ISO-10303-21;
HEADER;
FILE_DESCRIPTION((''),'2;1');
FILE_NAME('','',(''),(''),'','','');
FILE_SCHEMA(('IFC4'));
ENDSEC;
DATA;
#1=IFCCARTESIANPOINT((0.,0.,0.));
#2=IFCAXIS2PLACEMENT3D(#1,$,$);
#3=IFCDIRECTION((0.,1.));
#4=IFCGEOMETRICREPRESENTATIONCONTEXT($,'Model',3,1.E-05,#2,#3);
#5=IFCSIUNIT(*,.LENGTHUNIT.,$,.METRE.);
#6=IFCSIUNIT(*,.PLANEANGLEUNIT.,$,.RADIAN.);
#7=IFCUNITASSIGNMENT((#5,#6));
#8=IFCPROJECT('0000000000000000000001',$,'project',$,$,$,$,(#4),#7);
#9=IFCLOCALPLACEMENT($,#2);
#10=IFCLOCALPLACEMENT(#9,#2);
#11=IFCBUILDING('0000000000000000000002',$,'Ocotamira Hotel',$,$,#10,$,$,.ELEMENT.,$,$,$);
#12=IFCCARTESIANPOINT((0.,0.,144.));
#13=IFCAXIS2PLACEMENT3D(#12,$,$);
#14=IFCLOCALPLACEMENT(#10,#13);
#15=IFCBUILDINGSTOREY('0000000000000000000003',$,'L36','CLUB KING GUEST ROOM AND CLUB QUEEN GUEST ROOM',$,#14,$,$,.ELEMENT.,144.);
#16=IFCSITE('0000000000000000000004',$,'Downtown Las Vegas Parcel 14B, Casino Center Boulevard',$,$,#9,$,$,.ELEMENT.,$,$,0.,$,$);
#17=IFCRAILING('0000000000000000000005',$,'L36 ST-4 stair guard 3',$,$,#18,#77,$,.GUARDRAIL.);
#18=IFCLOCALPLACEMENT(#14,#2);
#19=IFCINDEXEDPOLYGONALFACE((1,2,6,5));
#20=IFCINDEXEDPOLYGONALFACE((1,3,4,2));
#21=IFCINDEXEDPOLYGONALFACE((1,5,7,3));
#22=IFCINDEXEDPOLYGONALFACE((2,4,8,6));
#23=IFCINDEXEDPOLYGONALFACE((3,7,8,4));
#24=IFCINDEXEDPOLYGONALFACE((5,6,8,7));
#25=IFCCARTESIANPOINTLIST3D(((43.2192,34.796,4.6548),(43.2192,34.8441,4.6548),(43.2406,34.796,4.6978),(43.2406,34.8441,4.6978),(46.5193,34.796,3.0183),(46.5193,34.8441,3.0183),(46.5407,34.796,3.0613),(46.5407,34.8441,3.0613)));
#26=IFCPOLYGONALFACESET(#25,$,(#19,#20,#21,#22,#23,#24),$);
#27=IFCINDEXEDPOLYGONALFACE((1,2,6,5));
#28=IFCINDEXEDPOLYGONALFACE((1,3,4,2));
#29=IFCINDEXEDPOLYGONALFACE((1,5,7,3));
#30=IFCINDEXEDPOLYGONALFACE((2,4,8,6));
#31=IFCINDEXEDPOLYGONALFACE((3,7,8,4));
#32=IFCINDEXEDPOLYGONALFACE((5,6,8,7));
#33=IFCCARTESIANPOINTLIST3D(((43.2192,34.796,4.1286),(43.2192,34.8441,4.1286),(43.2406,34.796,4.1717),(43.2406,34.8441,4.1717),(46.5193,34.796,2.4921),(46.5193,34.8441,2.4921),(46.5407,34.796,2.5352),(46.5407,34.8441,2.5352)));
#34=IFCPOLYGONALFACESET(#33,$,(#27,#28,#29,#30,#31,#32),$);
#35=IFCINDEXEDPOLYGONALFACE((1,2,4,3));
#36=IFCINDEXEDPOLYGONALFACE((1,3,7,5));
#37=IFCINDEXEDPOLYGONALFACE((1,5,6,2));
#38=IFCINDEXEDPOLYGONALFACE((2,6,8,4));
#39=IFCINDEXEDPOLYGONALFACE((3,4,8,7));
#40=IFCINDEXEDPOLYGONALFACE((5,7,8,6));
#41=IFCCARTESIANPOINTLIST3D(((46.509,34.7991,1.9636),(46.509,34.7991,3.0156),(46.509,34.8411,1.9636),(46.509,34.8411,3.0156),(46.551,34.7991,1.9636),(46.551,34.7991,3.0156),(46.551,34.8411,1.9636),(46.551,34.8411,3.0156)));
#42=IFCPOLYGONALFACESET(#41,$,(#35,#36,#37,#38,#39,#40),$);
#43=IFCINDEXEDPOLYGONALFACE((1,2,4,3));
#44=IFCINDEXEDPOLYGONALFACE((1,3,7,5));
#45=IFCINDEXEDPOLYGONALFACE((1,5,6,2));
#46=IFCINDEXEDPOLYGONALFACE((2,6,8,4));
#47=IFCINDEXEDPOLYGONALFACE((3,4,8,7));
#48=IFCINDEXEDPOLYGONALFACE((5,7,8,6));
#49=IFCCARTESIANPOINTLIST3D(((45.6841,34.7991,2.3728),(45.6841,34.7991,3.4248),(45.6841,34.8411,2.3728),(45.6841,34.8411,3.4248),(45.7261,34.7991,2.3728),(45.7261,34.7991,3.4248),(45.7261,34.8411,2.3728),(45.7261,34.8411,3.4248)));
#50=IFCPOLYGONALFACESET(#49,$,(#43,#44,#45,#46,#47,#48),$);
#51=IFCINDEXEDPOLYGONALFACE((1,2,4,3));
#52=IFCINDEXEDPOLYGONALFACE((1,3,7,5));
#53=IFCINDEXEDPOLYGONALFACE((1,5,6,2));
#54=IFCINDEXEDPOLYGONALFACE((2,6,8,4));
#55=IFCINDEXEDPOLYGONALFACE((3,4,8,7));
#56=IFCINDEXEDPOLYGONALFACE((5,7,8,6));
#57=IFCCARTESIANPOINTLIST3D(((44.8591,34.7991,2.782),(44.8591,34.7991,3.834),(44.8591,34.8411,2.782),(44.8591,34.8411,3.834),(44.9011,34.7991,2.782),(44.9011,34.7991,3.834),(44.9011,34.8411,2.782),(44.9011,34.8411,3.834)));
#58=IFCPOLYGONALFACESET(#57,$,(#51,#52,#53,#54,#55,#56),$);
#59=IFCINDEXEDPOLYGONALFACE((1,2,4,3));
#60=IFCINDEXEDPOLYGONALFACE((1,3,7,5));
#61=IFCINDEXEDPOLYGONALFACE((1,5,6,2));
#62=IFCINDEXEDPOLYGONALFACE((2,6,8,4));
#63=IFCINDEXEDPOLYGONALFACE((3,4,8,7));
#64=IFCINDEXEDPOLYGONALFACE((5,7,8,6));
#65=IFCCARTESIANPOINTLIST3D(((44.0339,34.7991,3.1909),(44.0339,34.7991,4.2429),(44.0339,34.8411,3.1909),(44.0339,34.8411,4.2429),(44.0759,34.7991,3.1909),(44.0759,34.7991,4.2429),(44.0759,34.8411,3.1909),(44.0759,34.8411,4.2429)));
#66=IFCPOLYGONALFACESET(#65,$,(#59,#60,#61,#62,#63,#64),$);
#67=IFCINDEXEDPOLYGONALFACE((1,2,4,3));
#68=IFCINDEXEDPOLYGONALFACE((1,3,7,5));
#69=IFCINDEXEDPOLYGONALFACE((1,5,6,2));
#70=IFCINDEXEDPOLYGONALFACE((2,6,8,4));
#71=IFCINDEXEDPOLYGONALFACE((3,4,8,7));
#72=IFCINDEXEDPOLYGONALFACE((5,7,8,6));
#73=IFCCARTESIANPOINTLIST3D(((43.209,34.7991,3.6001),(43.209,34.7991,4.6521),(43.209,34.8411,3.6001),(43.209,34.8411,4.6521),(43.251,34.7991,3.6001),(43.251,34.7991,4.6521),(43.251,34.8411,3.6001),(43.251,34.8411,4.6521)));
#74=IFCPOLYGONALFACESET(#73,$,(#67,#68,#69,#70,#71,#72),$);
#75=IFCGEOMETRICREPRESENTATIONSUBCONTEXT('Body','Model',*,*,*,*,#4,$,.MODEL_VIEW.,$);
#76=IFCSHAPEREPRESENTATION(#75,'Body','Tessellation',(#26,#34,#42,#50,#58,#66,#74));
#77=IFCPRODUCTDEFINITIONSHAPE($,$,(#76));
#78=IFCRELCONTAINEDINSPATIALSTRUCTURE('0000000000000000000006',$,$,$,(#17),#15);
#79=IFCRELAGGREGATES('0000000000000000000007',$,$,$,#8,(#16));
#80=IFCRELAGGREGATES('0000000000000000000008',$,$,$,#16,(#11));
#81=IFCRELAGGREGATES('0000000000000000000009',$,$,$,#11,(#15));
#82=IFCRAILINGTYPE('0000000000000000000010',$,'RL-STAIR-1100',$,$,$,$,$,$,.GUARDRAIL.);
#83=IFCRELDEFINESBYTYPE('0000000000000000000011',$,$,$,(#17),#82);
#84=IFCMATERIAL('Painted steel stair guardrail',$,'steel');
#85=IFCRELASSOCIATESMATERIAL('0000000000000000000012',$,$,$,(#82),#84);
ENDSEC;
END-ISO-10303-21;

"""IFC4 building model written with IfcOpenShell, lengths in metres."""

from ifc_helpers import new_model, si_unit, direction, frame, origin, origin_2d, place, context, subcontext, project, spatial, rectangle, extrude, material, type_object, element, save


model = new_model("IFC4")

# Units and contexts
model_context = context("Model", 3, precision=1e-05, world=origin(), true_north=direction((0.0, 1.0)))
body_context = subcontext(model_context, "Body", "Model", "MODEL_VIEW")
ifc_project = project(units=[si_unit("LENGTHUNIT", "METRE"), si_unit("PLANEANGLEUNIT", "RADIAN")], contexts=[model_context])

# Site, building, storey
site_placement = place(None, origin())
site = spatial("IfcSite", under=ifc_project, at=site_placement, Name="Downtown Las Vegas Parcel 14B, Casino Center Boulevard", CompositionType="ELEMENT", RefElevation=0.0)
building_placement = place(site_placement, origin())
building = spatial("IfcBuilding", under=site, at=building_placement, Name="Ocotamira Hotel", CompositionType="ELEMENT")
storey_placement = place(building_placement, frame((0.0, 0.0, 144.0)))
storey = spatial("IfcBuildingStorey", under=building, at=storey_placement, Name="L36", Description="CLUB KING GUEST ROOM AND CLUB QUEEN GUEST ROOM", CompositionType="ELEMENT", Elevation=144.0)

# Railing
ifc_material_1 = material(Name="Painted steel stair guardrail", Category="steel")
railing_type_1 = type_object("IfcRailingType", Name="RL-STAIR-1100", PredefinedType="GUARDRAIL", material=ifc_material_1)
railing_1_placement = place(storey_placement, frame((46.53, 34.8201, 1.9636)))
element("IfcRailing", 1, at=railing_1_placement, inside=storey, type_object=railing_type_1, Name="L36 ST-4 stair guard 3", PredefinedType="GUARDRAIL", context=body_context, shape_type="SweptSolid", body=[
    extrude(rectangle(XDim=0.0481, YDim=0.0481, at=origin_2d()), frame((0.0, 0.0, 1.0762), z_axis=(-0.895894, 0.0, 0.444268), x_axis=(0.0, -1.0, 0.0)), (0.0, 0.0, 1.0), 3.6836),
    extrude(rectangle(XDim=0.0481, YDim=0.0481, at=origin_2d()), frame((0.0, 0.0, 0.55), z_axis=(-0.895894, 0.0, 0.444268), x_axis=(0.0, -1.0, 0.0)), (0.0, 0.0, 1.0), 3.6836),
    extrude(rectangle(XDim=0.042, YDim=0.042, at=origin_2d()), origin(), (0.0, 0.0, 1.0), 1.052),
    extrude(rectangle(XDim=0.042, YDim=0.042, at=origin_2d()), frame((-0.825, 0.0, 0.4092)), (0.0, 0.0, 1.0), 1.052),
    extrude(rectangle(XDim=0.042, YDim=0.042, at=origin_2d()), frame((-1.6499, 0.0, 0.8184)), (0.0, 0.0, 1.0), 1.052),
    extrude(rectangle(XDim=0.042, YDim=0.042, at=origin_2d()), frame((-2.4751, 0.0, 1.2273)), (0.0, 0.0, 1.0), 1.052),
    extrude(rectangle(XDim=0.042, YDim=0.042, at=origin_2d()), frame((-3.3, 0.0, 1.6365)), (0.0, 0.0, 1.0), 1.052),
])

save(model, "model.ifc")
